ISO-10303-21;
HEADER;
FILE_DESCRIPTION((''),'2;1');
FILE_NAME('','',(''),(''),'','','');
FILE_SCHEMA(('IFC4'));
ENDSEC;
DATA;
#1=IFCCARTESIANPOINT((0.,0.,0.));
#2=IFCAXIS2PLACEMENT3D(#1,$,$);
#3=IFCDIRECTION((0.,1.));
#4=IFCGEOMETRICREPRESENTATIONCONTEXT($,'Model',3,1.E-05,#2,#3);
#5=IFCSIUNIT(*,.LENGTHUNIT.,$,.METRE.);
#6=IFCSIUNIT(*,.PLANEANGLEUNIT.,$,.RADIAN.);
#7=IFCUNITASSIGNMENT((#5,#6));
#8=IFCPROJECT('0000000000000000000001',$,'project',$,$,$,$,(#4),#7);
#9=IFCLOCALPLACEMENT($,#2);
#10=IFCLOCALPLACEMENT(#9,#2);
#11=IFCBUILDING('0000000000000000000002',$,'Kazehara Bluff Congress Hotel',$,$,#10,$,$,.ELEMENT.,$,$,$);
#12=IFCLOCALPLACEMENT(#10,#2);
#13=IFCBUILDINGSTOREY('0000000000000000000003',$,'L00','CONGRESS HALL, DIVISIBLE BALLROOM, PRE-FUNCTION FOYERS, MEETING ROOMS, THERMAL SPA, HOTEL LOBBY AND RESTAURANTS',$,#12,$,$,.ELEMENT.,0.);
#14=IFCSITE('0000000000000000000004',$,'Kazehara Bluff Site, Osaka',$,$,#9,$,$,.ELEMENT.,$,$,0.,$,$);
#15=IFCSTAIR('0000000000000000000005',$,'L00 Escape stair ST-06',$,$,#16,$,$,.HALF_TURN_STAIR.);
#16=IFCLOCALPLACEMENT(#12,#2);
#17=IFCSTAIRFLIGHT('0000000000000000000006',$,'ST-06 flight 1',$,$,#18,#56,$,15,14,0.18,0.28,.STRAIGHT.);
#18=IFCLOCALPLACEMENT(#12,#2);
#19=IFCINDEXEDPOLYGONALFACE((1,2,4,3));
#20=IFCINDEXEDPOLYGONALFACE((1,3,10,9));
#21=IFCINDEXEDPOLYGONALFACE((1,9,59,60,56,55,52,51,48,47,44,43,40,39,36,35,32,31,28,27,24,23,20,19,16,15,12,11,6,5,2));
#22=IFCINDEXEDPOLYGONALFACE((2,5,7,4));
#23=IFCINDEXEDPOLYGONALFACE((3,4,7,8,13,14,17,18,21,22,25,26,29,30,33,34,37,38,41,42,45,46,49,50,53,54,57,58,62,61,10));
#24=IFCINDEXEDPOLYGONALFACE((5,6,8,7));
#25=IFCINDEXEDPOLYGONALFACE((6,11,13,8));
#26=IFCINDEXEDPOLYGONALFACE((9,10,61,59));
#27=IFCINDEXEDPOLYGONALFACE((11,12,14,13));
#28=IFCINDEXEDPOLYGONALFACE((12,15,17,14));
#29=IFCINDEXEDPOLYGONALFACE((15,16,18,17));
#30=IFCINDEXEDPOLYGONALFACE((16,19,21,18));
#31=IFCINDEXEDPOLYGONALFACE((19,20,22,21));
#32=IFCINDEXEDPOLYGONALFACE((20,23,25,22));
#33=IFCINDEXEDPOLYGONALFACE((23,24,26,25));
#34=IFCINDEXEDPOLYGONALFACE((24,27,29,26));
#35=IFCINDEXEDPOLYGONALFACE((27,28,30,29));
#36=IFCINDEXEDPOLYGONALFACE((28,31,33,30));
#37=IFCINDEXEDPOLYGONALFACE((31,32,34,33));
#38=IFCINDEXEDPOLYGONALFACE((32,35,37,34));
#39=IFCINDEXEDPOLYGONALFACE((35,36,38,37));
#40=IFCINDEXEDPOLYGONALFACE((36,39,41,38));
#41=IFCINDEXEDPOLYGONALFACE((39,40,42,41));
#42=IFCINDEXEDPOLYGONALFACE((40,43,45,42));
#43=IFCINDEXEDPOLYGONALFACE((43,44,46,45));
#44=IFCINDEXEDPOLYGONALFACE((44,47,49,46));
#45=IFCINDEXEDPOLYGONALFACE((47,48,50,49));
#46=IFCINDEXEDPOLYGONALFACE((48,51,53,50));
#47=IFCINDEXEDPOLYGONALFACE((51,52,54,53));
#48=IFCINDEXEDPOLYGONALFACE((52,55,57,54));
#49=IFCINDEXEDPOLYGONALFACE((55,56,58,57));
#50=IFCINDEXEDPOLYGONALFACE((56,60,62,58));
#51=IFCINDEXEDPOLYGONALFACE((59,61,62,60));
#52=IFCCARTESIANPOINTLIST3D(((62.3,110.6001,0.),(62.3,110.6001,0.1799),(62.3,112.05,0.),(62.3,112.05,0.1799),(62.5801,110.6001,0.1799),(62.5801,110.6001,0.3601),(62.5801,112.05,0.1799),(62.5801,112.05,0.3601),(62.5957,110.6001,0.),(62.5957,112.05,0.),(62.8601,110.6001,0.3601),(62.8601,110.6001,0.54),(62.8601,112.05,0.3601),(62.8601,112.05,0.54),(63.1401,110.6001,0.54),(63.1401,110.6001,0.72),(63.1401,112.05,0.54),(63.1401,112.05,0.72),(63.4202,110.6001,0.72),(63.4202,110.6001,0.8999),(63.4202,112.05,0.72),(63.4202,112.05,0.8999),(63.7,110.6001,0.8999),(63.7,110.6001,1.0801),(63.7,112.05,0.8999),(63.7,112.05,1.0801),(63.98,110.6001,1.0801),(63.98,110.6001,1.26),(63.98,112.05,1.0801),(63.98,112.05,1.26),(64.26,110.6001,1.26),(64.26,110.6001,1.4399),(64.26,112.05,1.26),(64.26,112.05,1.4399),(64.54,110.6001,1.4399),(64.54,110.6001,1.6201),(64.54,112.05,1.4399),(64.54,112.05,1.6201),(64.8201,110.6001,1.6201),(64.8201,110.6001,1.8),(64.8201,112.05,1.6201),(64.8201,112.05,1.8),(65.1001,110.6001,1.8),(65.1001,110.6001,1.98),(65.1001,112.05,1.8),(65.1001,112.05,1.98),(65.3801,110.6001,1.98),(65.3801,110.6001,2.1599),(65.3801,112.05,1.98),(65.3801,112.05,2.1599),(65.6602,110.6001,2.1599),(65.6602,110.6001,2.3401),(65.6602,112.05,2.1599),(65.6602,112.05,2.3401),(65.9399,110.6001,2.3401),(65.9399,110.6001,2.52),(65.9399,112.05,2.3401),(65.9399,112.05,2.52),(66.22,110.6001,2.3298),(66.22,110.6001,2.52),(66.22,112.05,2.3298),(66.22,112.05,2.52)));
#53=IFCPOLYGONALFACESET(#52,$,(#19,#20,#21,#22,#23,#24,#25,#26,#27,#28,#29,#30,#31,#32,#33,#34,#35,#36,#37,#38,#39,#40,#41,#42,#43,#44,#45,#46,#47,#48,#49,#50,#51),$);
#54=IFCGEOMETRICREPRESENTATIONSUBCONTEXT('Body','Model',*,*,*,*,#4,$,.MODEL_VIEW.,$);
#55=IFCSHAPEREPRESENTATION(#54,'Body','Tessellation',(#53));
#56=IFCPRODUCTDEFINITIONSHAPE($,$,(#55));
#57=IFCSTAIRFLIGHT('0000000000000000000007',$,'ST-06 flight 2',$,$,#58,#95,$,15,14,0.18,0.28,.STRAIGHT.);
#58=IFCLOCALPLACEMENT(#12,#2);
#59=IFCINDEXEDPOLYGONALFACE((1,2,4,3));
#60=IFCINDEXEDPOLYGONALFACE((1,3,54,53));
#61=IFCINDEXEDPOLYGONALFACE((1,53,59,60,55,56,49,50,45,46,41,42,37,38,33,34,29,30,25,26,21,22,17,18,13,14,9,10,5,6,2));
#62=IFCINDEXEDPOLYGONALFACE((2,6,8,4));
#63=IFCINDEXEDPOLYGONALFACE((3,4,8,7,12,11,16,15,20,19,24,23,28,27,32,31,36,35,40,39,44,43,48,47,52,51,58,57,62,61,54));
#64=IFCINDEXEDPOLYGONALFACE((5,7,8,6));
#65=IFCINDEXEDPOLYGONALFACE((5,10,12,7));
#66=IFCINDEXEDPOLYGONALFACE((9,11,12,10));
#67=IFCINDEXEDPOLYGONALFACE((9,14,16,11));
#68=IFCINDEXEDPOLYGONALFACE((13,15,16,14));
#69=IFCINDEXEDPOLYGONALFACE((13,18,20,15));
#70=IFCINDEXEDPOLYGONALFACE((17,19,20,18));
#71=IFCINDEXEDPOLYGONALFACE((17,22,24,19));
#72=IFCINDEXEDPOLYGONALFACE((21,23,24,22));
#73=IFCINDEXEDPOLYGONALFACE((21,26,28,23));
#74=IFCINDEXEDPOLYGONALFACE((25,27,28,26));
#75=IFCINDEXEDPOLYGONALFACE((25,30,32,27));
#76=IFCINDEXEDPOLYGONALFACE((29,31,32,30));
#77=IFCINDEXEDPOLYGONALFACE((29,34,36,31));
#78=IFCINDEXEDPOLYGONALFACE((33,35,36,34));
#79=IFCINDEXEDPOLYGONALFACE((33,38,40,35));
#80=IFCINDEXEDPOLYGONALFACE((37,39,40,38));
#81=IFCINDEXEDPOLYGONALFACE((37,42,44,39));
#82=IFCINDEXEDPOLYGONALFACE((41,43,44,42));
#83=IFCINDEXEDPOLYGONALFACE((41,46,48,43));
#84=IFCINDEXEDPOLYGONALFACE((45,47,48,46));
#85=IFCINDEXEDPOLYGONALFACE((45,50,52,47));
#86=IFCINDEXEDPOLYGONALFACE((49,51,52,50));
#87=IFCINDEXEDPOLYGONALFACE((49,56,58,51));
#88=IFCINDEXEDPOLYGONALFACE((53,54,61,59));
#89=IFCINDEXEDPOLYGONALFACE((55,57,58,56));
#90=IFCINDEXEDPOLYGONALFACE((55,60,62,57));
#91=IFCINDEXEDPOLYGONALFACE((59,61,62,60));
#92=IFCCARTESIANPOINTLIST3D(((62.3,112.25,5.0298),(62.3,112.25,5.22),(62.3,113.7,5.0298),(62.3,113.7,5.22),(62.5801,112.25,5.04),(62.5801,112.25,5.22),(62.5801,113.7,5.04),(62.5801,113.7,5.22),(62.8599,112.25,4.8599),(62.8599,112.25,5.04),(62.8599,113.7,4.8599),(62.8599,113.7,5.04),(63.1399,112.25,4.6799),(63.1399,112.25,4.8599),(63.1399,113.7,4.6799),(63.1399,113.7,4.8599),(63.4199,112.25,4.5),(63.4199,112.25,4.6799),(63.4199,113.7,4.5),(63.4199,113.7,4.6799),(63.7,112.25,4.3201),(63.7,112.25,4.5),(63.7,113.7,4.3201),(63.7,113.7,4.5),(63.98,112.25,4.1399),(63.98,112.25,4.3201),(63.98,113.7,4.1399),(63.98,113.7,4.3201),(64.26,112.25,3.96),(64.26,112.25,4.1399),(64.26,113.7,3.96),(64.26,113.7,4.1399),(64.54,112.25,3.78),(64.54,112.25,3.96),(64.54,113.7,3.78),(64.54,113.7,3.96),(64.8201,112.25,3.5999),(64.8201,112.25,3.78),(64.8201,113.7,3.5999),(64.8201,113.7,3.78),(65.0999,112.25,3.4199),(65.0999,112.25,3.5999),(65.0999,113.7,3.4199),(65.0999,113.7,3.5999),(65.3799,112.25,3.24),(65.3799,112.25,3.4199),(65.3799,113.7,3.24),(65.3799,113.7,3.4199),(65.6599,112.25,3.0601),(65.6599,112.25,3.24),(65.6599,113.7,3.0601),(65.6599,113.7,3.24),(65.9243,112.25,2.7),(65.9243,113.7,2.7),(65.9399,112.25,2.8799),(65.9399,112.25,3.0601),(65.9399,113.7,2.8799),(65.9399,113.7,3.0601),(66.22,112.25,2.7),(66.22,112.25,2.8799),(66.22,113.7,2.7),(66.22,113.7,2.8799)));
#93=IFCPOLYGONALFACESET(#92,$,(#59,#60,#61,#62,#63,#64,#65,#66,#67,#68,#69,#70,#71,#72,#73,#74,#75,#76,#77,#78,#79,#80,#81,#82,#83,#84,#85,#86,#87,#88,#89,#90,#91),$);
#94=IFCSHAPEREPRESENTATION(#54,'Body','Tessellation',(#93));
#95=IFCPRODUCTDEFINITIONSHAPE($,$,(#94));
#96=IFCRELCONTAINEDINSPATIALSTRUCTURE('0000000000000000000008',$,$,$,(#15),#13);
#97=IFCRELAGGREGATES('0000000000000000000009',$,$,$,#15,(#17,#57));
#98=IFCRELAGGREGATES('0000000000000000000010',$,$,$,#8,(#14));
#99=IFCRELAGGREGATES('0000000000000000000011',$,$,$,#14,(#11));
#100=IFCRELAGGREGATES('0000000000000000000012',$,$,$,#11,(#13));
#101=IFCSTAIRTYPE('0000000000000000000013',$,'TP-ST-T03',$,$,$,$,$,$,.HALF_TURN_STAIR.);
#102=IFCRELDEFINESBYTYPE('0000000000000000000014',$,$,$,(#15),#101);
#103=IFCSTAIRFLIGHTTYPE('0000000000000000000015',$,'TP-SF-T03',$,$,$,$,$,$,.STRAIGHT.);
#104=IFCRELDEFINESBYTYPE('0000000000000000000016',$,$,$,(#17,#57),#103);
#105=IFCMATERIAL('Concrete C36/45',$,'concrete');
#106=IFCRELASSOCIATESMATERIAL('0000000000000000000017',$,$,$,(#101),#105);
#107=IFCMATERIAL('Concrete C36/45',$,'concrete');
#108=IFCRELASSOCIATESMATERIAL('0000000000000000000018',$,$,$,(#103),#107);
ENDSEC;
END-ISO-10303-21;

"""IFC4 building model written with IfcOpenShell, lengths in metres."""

from ifc_helpers import new_model, si_unit, direction, frame, origin, place, context, subcontext, project, spatial, polyline, outline, extrude, material, type_object, element, aggregate, save


model = new_model("IFC4")

# Units and contexts
model_context = context("Model", 3, precision=1e-05, world=origin(), true_north=direction((0.0, 1.0)))
body_context = subcontext(model_context, "Body", "Model", "MODEL_VIEW")
ifc_project = project(units=[si_unit("LENGTHUNIT", "METRE"), si_unit("PLANEANGLEUNIT", "RADIAN")], contexts=[model_context])

# Site, building, storey
site_placement = place(None, origin())
site = spatial("IfcSite", under=ifc_project, at=site_placement, Name="Kazehara Bluff Site, Osaka", CompositionType="ELEMENT", RefElevation=0.0)
building_placement = place(site_placement, origin())
building = spatial("IfcBuilding", under=site, at=building_placement, Name="Kazehara Bluff Congress Hotel", CompositionType="ELEMENT")
storey_placement = place(building_placement, origin())
storey = spatial("IfcBuildingStorey", under=building, at=storey_placement, Name="L00", Description="CONGRESS HALL, DIVISIBLE BALLROOM, PRE-FUNCTION FOYERS, MEETING ROOMS, THERMAL SPA, HOTEL LOBBY AND RESTAURANTS", CompositionType="ELEMENT", Elevation=0.0)

# Stair, stair flights
ifc_material_1 = material(Name="Concrete C36/45", Category="concrete")
stair_type = type_object("IfcStairType", Name="TP-ST-T03", PredefinedType="HALF_TURN_STAIR", material=ifc_material_1)
stair_placement = place(storey_placement, origin())
stair = element("IfcStair", 1, at=stair_placement, inside=storey, type_object=stair_type, Name="L00 Escape stair ST-06", PredefinedType="HALF_TURN_STAIR")
ifc_material_2 = material(Name="Concrete C36/45", Category="concrete")
stair_flight_type = type_object("IfcStairFlightType", Name="TP-SF-T03", PredefinedType="STRAIGHT", material=ifc_material_2)
stair_flight_1_placement = place(storey_placement, frame((62.3, 111.325, 0.0), z_axis=(0.0, 0.0, 1.0), x_axis=(1.0, 0.0, 0.0)))
stair_flight_1 = element("IfcStairFlight", 2, at=stair_flight_1_placement, type_object=stair_flight_type, Name="ST-06 flight 1", NumberOfRisers=15, NumberOfTreads=14, PredefinedType="STRAIGHT", RiserHeight=0.18, TreadLength=0.28, context=body_context, shape_type="SweptSolid", body=[
    extrude(outline(polyline([(0.0, 0.0), (0.0, 0.1799), (0.28, 0.1799), (0.28, 0.3601), (0.5601, 0.3601), (0.5601, 0.54), (0.8401, 0.54), (0.8401, 0.72), (1.1201, 0.72), (1.1201, 0.8999), (1.3999, 0.8999), (1.3999, 1.0801), (1.6799, 1.0801), (1.6799, 1.26), (1.96, 1.26), (1.96, 1.4399), (2.24, 1.4399), (2.24, 1.6201), (2.52, 1.6201), (2.52, 1.8), (2.8, 1.8), (2.8, 1.98), (3.0801, 1.98), (3.0801, 2.1599), (3.3601, 2.1599), (3.3601, 2.3401), (3.6399, 2.3401), (3.6399, 2.52), (3.9199, 2.52), (3.9199, 2.7), (3.9199, 2.3298), (0.2957, 0.0), (0.0, 0.0)])), frame((0.0, 0.7251, 0.0), z_axis=(0.0, -1.0, 0.0), x_axis=(1.0, 0.0, 0.0)), (0.0, 0.0, 1.0), 1.45),
])
stair_flight_2_placement = place(storey_placement, frame((66.22, 112.9751, 2.7), z_axis=(0.0, 0.0, 1.0), x_axis=(-1.0, 0.0, 0.0)))
stair_flight_2 = element("IfcStairFlight", 3, at=stair_flight_2_placement, type_object=stair_flight_type, Name="ST-06 flight 2", NumberOfRisers=15, NumberOfTreads=14, PredefinedType="STRAIGHT", RiserHeight=0.18, TreadLength=0.28, context=body_context, shape_type="SweptSolid", body=[
    extrude(outline(polyline([(0.0, 0.0), (0.0, 0.1799), (0.28, 0.1799), (0.28, 0.3601), (0.5601, 0.3601), (0.5601, 0.54), (0.8401, 0.54), (0.8401, 0.72), (1.1201, 0.72), (1.1201, 0.8999), (1.3999, 0.8999), (1.3999, 1.0801), (1.6799, 1.0801), (1.6799, 1.26), (1.96, 1.26), (1.96, 1.4399), (2.24, 1.4399), (2.24, 1.6201), (2.52, 1.6201), (2.52, 1.8), (2.8, 1.8), (2.8, 1.98), (3.0801, 1.98), (3.0801, 2.1599), (3.3601, 2.1599), (3.3601, 2.3401), (3.6399, 2.3401), (3.6399, 2.52), (3.9199, 2.52), (3.9199, 2.7), (3.9199, 2.3298), (0.2957, 0.0), (0.0, 0.0)])), frame((0.0, 0.7251, 0.0), z_axis=(0.0, -1.0, 0.0), x_axis=(1.0, 0.0, 0.0)), (0.0, 0.0, 1.0), 1.45),
])
aggregate(stair, [stair_flight_1, stair_flight_2])

save(model, "model.ifc")
